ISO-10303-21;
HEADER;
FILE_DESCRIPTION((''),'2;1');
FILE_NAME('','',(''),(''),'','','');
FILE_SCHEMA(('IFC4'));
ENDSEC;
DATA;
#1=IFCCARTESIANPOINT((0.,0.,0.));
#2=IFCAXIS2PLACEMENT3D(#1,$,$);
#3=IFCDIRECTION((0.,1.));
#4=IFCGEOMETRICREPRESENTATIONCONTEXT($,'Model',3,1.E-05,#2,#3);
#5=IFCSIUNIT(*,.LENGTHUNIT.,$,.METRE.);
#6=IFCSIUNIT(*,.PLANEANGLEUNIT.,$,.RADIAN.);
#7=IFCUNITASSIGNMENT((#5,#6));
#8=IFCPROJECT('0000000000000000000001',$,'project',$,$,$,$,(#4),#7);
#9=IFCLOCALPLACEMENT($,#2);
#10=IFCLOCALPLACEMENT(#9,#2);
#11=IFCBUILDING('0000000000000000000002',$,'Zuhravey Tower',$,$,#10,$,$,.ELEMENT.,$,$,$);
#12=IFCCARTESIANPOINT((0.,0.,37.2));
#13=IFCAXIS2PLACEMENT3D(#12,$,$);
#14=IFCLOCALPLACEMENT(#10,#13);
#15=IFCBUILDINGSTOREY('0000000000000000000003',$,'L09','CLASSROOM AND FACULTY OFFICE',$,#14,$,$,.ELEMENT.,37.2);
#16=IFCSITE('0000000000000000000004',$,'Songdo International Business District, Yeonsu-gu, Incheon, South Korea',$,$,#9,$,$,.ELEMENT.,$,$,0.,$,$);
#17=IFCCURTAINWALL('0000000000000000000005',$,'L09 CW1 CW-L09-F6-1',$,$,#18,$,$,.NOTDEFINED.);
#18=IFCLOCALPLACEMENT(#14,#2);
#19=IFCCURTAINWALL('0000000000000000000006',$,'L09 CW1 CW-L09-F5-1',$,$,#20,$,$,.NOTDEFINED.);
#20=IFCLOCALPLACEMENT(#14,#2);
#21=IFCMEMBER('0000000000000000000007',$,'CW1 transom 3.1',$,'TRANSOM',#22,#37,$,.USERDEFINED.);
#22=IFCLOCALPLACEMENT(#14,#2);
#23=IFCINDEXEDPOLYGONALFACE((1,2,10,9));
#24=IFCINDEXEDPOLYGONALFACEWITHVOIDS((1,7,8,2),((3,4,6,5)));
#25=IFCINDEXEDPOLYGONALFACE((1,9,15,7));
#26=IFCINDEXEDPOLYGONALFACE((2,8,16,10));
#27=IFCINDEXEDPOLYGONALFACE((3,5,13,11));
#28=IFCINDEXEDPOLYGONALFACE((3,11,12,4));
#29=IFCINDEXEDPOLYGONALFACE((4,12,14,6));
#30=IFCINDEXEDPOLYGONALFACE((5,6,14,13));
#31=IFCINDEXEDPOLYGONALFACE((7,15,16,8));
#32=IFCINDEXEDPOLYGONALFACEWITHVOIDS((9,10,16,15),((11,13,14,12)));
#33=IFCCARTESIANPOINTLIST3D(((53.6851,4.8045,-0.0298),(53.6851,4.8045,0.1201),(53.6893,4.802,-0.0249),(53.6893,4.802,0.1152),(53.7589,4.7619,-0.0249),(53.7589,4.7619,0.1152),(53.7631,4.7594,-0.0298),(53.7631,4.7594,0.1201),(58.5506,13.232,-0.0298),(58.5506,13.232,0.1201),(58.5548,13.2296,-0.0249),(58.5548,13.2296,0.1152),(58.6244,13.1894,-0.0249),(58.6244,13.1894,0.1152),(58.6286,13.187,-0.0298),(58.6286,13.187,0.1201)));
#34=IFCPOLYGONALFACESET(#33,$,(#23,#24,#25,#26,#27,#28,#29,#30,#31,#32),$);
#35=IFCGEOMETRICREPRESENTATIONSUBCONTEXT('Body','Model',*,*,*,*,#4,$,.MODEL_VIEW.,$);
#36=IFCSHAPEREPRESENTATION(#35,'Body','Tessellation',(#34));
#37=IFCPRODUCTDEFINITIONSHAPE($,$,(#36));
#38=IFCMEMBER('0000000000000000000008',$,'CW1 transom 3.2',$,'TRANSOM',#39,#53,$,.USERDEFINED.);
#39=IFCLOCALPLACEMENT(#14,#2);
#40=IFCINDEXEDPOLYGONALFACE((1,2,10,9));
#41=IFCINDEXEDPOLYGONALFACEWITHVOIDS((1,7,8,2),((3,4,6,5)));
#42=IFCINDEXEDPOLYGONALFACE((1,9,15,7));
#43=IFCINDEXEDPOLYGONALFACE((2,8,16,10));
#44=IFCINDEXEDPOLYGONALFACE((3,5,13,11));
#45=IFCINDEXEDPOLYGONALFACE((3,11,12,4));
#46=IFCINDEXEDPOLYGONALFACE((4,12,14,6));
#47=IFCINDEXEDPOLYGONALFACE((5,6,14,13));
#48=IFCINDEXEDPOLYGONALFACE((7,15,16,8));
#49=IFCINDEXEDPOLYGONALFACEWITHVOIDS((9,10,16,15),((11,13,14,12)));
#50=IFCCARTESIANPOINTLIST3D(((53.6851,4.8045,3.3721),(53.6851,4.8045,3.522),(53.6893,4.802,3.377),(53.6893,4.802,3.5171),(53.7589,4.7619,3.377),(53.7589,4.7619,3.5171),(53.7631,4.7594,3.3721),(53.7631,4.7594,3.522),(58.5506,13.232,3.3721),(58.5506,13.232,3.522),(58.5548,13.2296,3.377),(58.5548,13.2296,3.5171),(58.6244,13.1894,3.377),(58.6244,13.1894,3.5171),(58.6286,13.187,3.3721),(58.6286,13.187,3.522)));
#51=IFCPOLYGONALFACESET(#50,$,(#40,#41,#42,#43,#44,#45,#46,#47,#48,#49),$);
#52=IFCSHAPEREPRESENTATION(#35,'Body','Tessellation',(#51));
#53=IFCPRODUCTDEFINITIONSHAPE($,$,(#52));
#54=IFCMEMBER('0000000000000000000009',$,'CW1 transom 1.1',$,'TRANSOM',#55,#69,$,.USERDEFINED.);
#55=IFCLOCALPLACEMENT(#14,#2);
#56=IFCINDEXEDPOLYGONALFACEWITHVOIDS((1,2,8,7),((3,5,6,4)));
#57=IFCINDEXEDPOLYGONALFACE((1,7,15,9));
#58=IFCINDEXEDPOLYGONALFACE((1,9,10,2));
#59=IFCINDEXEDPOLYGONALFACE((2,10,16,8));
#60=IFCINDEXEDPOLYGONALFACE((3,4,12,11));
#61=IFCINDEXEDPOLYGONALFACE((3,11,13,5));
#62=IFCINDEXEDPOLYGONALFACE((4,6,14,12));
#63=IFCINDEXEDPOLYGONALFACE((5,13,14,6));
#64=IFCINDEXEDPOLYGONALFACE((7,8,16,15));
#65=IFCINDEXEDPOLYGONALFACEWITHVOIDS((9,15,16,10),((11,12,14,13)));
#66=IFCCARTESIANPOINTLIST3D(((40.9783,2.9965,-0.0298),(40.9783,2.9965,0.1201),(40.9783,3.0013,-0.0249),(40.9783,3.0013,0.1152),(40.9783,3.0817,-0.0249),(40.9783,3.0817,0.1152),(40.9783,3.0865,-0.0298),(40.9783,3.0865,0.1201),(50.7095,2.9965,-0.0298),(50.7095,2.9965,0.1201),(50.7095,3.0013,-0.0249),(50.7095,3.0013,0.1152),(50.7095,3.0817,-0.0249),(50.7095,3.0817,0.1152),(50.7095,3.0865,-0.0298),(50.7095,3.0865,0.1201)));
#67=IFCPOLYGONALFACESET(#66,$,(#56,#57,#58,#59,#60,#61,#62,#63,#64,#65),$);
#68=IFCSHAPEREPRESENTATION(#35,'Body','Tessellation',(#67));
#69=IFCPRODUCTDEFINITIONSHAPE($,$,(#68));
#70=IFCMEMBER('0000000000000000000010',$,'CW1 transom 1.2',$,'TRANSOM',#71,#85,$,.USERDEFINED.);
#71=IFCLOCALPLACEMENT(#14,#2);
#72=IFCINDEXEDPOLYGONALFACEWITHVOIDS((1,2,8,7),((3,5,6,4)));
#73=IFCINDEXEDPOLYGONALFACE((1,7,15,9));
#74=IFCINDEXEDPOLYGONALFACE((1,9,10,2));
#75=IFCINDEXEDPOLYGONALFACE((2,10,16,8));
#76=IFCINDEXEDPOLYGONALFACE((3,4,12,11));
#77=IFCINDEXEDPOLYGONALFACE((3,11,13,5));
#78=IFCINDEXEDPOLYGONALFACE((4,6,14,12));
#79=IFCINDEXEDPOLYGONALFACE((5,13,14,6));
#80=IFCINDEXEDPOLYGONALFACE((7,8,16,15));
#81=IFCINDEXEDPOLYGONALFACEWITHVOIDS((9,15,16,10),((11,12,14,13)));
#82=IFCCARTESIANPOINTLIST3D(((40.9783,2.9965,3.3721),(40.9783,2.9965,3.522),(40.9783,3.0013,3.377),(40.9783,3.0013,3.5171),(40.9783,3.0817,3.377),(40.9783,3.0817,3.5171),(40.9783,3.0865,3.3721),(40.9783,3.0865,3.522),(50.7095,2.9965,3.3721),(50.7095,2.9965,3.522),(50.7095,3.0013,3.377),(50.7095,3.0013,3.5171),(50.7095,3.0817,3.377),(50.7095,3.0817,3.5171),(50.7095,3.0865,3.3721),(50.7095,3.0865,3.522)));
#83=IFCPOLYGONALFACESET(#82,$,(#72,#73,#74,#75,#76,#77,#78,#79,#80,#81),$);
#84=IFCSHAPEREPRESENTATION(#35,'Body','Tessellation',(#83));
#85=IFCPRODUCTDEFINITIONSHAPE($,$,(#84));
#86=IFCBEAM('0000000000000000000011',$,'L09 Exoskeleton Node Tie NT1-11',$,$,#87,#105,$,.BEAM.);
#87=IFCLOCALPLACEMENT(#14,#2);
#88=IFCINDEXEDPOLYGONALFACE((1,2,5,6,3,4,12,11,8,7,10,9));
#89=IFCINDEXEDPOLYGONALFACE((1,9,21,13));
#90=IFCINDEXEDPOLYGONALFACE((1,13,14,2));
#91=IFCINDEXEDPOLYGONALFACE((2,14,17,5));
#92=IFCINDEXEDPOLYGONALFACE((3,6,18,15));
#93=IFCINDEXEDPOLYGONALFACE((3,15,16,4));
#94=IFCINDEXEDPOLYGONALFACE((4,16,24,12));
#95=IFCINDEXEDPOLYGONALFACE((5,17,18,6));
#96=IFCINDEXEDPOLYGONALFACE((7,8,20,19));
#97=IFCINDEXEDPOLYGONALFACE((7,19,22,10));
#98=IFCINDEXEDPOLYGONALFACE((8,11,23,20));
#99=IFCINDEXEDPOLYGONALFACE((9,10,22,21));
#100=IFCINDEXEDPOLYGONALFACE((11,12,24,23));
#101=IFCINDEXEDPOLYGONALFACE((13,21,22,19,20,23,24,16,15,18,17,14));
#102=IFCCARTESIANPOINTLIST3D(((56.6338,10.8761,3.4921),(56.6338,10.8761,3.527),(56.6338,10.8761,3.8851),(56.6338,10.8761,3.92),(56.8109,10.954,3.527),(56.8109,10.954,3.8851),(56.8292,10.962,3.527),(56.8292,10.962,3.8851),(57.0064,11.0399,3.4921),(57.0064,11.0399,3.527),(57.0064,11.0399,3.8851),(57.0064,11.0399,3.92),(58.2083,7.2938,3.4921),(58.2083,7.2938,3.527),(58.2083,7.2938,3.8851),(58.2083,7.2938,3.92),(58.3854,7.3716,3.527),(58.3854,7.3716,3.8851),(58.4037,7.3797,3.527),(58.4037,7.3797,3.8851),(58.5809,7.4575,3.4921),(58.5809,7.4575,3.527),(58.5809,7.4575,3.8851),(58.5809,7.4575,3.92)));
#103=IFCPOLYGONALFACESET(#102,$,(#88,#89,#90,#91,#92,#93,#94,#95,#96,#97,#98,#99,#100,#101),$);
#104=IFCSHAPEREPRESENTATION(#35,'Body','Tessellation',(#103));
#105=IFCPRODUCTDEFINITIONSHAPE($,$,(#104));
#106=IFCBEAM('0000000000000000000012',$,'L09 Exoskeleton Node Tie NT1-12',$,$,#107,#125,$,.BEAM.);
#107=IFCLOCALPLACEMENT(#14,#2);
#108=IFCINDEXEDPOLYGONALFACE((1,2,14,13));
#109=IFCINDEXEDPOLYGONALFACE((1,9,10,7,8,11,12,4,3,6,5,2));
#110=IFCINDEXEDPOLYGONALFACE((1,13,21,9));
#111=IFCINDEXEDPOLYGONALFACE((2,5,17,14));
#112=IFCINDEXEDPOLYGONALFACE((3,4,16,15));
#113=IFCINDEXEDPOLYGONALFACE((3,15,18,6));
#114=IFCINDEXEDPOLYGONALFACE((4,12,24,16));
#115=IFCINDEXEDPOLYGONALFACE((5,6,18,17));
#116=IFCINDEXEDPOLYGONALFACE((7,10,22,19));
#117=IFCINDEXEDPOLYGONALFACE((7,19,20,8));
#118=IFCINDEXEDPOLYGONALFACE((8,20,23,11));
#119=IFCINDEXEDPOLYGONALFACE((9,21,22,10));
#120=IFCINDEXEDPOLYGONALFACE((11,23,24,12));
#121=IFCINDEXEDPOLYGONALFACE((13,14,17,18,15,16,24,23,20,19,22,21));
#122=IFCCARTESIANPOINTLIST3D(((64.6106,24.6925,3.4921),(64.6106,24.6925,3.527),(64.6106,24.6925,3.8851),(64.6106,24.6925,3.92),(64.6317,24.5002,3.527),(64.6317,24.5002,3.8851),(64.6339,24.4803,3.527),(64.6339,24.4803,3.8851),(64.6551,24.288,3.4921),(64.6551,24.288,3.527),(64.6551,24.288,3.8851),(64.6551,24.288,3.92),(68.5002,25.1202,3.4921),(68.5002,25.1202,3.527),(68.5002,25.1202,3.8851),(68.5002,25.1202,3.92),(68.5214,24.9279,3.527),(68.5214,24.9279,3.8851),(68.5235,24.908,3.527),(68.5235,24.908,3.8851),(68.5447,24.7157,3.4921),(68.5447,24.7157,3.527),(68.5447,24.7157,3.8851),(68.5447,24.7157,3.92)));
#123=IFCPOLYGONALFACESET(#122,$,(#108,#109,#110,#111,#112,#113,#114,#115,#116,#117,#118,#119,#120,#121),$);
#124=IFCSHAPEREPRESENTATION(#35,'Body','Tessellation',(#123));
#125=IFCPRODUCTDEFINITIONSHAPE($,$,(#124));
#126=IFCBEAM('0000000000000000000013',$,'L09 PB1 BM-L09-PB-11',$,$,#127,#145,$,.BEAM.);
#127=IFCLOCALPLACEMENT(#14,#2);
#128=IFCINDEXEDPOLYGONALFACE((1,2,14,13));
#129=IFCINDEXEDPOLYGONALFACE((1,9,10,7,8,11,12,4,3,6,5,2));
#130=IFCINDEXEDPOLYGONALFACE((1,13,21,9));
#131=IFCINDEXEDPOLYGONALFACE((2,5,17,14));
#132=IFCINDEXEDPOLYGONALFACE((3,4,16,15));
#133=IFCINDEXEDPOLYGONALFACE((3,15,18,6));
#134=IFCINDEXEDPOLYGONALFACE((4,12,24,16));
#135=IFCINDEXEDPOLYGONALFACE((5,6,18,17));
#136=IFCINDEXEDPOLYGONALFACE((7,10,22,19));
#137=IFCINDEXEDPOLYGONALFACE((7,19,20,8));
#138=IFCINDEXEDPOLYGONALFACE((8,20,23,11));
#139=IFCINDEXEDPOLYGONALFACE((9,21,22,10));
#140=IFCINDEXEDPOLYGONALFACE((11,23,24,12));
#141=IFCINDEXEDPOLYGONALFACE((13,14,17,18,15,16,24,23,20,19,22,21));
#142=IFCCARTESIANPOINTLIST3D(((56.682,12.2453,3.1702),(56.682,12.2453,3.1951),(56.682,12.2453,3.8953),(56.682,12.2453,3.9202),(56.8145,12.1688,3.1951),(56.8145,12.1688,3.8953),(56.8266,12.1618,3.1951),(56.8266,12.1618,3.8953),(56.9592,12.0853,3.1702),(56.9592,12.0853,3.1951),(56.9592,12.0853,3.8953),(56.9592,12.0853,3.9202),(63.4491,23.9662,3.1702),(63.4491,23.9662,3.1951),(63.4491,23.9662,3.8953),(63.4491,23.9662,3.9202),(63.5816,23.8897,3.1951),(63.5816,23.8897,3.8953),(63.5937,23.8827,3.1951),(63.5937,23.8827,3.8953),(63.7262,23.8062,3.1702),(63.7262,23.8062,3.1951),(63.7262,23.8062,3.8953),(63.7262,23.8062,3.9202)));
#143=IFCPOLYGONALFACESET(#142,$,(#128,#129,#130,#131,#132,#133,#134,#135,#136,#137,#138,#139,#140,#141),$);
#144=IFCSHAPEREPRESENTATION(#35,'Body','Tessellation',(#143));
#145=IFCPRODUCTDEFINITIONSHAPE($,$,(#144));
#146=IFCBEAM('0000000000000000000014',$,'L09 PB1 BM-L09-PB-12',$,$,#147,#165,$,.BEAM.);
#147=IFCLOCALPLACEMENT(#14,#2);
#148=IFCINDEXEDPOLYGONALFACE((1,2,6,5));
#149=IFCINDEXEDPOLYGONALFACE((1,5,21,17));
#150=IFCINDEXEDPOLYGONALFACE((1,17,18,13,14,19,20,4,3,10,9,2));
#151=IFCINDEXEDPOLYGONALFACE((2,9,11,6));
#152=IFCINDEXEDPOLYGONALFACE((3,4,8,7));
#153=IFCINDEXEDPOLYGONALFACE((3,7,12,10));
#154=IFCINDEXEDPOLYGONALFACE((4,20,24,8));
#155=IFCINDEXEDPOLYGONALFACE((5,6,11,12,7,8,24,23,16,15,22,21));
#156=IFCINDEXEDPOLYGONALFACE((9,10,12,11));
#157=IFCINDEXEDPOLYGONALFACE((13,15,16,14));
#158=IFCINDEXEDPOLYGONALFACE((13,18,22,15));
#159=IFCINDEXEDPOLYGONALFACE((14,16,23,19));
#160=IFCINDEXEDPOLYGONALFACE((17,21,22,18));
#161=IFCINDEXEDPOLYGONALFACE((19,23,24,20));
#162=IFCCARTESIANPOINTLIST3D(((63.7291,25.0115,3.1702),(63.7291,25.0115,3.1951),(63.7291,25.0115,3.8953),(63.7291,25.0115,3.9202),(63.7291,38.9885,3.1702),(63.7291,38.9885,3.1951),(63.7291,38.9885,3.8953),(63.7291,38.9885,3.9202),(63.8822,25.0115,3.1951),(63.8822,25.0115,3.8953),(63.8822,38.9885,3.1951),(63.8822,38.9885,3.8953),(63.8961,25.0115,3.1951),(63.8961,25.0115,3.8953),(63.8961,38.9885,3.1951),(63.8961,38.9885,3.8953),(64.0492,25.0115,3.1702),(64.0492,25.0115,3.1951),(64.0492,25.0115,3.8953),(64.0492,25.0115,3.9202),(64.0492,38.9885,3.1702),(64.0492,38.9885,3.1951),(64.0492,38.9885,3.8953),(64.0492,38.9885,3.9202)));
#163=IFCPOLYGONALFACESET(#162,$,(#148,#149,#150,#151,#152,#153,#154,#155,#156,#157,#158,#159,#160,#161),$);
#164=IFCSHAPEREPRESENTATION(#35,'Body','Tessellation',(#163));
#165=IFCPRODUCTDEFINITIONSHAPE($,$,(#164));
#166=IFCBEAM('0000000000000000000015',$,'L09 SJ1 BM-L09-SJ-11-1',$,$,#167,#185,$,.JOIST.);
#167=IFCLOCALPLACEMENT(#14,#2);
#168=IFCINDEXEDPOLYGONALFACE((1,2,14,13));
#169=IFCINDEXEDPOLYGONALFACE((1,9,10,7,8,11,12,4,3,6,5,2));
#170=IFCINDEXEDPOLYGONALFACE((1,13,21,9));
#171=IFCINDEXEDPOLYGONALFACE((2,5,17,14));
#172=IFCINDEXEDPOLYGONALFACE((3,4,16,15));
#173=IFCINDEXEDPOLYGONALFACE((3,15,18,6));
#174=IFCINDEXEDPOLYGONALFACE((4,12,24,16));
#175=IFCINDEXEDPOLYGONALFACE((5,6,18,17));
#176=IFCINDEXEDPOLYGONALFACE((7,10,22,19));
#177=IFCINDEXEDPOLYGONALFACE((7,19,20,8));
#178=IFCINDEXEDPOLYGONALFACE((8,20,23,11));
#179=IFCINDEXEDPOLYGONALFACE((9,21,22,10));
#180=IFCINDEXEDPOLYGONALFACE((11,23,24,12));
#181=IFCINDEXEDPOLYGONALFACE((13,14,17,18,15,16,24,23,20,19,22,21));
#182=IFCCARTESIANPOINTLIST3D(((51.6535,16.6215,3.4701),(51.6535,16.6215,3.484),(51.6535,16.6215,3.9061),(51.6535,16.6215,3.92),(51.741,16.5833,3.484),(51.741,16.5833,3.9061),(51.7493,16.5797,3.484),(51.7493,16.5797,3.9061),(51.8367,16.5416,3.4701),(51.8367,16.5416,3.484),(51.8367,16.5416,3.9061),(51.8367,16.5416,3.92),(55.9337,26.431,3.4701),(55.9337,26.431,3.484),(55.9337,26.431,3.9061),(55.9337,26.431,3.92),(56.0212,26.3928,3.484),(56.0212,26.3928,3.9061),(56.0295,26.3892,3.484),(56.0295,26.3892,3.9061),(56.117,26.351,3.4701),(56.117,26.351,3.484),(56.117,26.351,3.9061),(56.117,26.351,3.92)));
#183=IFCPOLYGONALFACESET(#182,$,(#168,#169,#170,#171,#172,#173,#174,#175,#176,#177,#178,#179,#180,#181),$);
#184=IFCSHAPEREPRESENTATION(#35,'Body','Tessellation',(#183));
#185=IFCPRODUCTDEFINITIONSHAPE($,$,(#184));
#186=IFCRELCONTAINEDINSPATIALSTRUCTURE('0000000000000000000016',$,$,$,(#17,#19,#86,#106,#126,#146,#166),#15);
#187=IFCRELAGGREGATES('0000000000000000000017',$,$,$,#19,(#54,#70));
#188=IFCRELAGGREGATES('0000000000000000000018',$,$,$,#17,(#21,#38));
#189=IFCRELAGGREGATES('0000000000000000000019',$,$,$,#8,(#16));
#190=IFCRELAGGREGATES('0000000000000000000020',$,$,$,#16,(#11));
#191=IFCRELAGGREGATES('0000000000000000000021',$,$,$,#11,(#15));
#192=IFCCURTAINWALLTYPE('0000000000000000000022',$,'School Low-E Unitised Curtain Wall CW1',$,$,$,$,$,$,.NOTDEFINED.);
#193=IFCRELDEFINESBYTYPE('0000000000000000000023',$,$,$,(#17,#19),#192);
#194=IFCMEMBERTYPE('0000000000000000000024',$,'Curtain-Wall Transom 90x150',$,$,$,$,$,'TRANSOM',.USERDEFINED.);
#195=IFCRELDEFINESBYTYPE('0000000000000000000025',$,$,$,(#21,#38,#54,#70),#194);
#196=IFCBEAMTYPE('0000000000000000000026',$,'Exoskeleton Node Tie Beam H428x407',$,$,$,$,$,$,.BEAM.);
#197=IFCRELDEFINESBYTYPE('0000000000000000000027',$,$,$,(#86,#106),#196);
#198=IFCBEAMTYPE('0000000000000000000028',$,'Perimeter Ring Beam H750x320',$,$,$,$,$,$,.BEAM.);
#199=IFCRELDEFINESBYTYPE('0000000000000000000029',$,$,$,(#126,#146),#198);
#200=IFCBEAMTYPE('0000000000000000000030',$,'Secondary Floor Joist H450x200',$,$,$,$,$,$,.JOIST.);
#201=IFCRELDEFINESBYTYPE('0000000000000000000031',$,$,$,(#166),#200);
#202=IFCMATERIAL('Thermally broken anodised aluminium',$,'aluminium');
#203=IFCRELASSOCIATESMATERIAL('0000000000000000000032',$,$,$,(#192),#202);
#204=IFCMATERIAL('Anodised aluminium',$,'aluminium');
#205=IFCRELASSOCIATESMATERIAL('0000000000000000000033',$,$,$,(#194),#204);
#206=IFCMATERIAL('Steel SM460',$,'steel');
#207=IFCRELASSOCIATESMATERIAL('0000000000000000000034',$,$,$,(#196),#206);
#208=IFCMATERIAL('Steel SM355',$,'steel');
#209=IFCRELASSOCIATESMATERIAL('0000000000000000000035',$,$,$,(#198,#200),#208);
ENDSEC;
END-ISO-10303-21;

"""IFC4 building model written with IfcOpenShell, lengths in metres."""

from ifc_helpers import new_model, si_unit, direction, frame, origin, origin_2d, place, context, subcontext, project, spatial, hollow_rectangle, i_section, extrude, material, material_profile, profile_set, type_object, element, aggregate, save


model = new_model("IFC4")

# Units and contexts
model_context = context("Model", 3, precision=1e-05, world=origin(), true_north=direction((0.0, 1.0)))
body_context = subcontext(model_context, "Body", "Model", "MODEL_VIEW")
ifc_project = project(units=[si_unit("LENGTHUNIT", "METRE"), si_unit("PLANEANGLEUNIT", "RADIAN")], contexts=[model_context])

# Site, building, storey
site_placement = place(None, origin())
site = spatial("IfcSite", under=ifc_project, at=site_placement, Name="Songdo International Business District, Yeonsu-gu, Incheon, South Korea", CompositionType="ELEMENT", RefElevation=0.0)
building_placement = place(site_placement, origin())
building = spatial("IfcBuilding", under=site, at=building_placement, Name="Zuhravey Tower", CompositionType="ELEMENT")
storey_placement = place(building_placement, frame((0.0, 0.0, 37.2)))
storey = spatial("IfcBuildingStorey", under=building, at=storey_placement, Name="L09", Description="CLASSROOM AND FACULTY OFFICE", CompositionType="ELEMENT", Elevation=37.2)

# Curtain wall
ifc_material_1 = material(Name="Thermally broken anodised aluminium", Category="aluminium")
curtain_wall_type = type_object("IfcCurtainWallType", Name="School Low-E Unitised Curtain Wall CW1", PredefinedType="NOTDEFINED", material=ifc_material_1)
curtain_wall_1_placement = place(storey_placement, origin())
curtain_wall_1 = element("IfcCurtainWall", 1, at=curtain_wall_1_placement, inside=storey, type_object=curtain_wall_type, Name="L09 CW1 CW-L09-F6-1", PredefinedType="NOTDEFINED")
ifc_material_2 = material(Name="Anodised aluminium", Category="aluminium")

# Curtain wall
curtain_wall_2_placement = place(storey_placement, origin())
curtain_wall_2 = element("IfcCurtainWall", 2, at=curtain_wall_2_placement, inside=storey, type_object=curtain_wall_type, Name="L09 CW1 CW-L09-F5-1", PredefinedType="NOTDEFINED")

# Members
ifc_material_profile_1 = material_profile(ifc_material_2, hollow_rectangle(XDim=0.0901, YDim=0.1499, WallThickness=0.0049, at=origin_2d()), Name="ALU-RHS-90x150x5")
ifc_profile_set_1 = profile_set([ifc_material_profile_1], Name="Anodised aluminium")
member_type_1 = type_object("IfcMemberType", Name="Curtain-Wall Transom 90x150", ElementType="TRANSOM", PredefinedType="USERDEFINED", material=ifc_profile_set_1)
member_1_placement = place(storey_placement, frame((58.5896, 13.2095, 0.0452), z_axis=(-0.49999, -0.866031, 0.0), x_axis=(0.866031, -0.49999, 0.0)))
member_1 = element("IfcMember", 3, at=member_1_placement, type_object=member_type_1, Name="CW1 transom 3.1", ObjectType="TRANSOM", PredefinedType="USERDEFINED", context=body_context, shape_type="SweptSolid", body=[
    extrude(hollow_rectangle(XDim=0.0901, YDim=0.1499, WallThickness=0.0049, at=origin_2d()), origin(), (0.0, 0.0, 1.0), 9.7312),
])
member_2_placement = place(storey_placement, frame((58.5896, 13.2095, 3.447), z_axis=(-0.49999, -0.866031, 0.0), x_axis=(0.866031, -0.49999, 0.0)))
member_2 = element("IfcMember", 4, at=member_2_placement, type_object=member_type_1, Name="CW1 transom 3.2", ObjectType="TRANSOM", PredefinedType="USERDEFINED", context=body_context, shape_type="SweptSolid", body=[
    extrude(hollow_rectangle(XDim=0.0901, YDim=0.1499, WallThickness=0.0049, at=origin_2d()), origin(), (0.0, 0.0, 1.0), 9.7312),
])
member_3_placement = place(storey_placement, frame((50.7095, 3.0415, 0.0452), z_axis=(-1.0, 0.0, 0.0), x_axis=(0.0, -1.0, 0.0)))
member_3 = element("IfcMember", 5, at=member_3_placement, type_object=member_type_1, Name="CW1 transom 1.1", ObjectType="TRANSOM", PredefinedType="USERDEFINED", context=body_context, shape_type="SweptSolid", body=[
    extrude(hollow_rectangle(XDim=0.0901, YDim=0.1499, WallThickness=0.0049, at=origin_2d()), origin(), (0.0, 0.0, 1.0), 9.7312),
])
member_4_placement = place(storey_placement, frame((50.7095, 3.0415, 3.447), z_axis=(-1.0, 0.0, 0.0), x_axis=(0.0, -1.0, 0.0)))
member_4 = element("IfcMember", 6, at=member_4_placement, type_object=member_type_1, Name="CW1 transom 1.2", ObjectType="TRANSOM", PredefinedType="USERDEFINED", context=body_context, shape_type="SweptSolid", body=[
    extrude(hollow_rectangle(XDim=0.0901, YDim=0.1499, WallThickness=0.0049, at=origin_2d()), origin(), (0.0, 0.0, 1.0), 9.7312),
])
aggregate(curtain_wall_2, [member_3, member_4])

# Beams
ifc_material_3 = material(Name="Steel SM460", Category="steel")
ifc_material_profile_2 = material_profile(ifc_material_3, i_section(OverallWidth=0.407, OverallDepth=0.428, WebThickness=0.02, FlangeThickness=0.0349, at=origin_2d()), Name="H-428x407x20x35")
ifc_profile_set_2 = profile_set([ifc_material_profile_2], Name="Steel SM460")
beam_type_1 = type_object("IfcBeamType", Name="Exoskeleton Node Tie Beam H428x407", PredefinedType="BEAM", material=ifc_profile_set_2)
for number, where, z_axis, x_axis, name in (
    (7, (56.8201, 10.958, 3.7061), (0.402366, -0.915479, 0.0), (0.915479, 0.402366, 0.0), "L09 Exoskeleton Node Tie NT1-11"),
    (8, (64.6328, 24.4902, 3.7061), (0.994008, 0.109308, 0.0), (-0.109308, 0.994008, 0.0), "L09 Exoskeleton Node Tie NT1-12"),
):
    element("IfcBeam", number, at=place(storey_placement, frame(where, z_axis=z_axis, x_axis=x_axis)), inside=storey, type_object=beam_type_1, Name=name, PredefinedType="BEAM", context=body_context, shape_type="SweptSolid", body=[
        extrude(i_section(OverallWidth=0.407, OverallDepth=0.428, WebThickness=0.02, FlangeThickness=0.0349, at=origin_2d()), origin(), (0.0, 0.0, 1.0), 3.9131),
    ])
ifc_material_4 = material(Name="Steel SM355", Category="steel")
ifc_material_profile_3 = material_profile(ifc_material_4, i_section(OverallWidth=0.3201, OverallDepth=0.75, WebThickness=0.0139, FlangeThickness=0.0249, at=origin_2d()), Name="H-750x320x14x25")
ifc_profile_set_3 = profile_set([ifc_material_profile_3], Name="Steel SM355")
beam_type_2 = type_object("IfcBeamType", Name="Perimeter Ring Beam H750x320", PredefinedType="BEAM", material=ifc_profile_set_3)
beam_1_placement = place(storey_placement, frame((56.8206, 12.1653, 3.5452), z_axis=(0.5, 0.866025, 0.0), x_axis=(-0.866025, 0.5, 0.0)))
element("IfcBeam", 9, at=beam_1_placement, inside=storey, type_object=beam_type_2, Name="L09 PB1 BM-L09-PB-11", PredefinedType="BEAM", context=body_context, shape_type="SweptSolid", body=[
    extrude(i_section(OverallWidth=0.3201, OverallDepth=0.75, WebThickness=0.0139, FlangeThickness=0.0249, at=origin_2d()), origin(), (0.0, 0.0, 1.0), 13.5342),
])
beam_2_placement = place(storey_placement, frame((63.8892, 25.0115, 3.5452), z_axis=(0.0, 1.0, 0.0), x_axis=(-1.0, 0.0, 0.0)))
element("IfcBeam", 10, at=beam_2_placement, inside=storey, type_object=beam_type_2, Name="L09 PB1 BM-L09-PB-12", PredefinedType="BEAM", context=body_context, shape_type="SweptSolid", body=[
    extrude(i_section(OverallWidth=0.3201, OverallDepth=0.75, WebThickness=0.0139, FlangeThickness=0.0249, at=origin_2d()), origin(), (0.0, 0.0, 1.0), 13.9771),
])
ifc_material_profile_4 = material_profile(ifc_material_4, i_section(OverallWidth=0.2, OverallDepth=0.45, WebThickness=0.009, FlangeThickness=0.0139, at=origin_2d()), Name="H-450x200x9x14")
ifc_profile_set_4 = profile_set([ifc_material_profile_4], Name="Steel SM355")
beam_type_3 = type_object("IfcBeamType", Name="Secondary Floor Joist H450x200", PredefinedType="JOIST", material=ifc_profile_set_4)
beam_3_placement = place(storey_placement, frame((51.7451, 16.5815, 3.6951), z_axis=(0.399924, 0.916549, 0.0), x_axis=(-0.916549, 0.399924, 0.0)))
element("IfcBeam", 11, at=beam_3_placement, inside=storey, type_object=beam_type_3, Name="L09 SJ1 BM-L09-SJ-11-1", PredefinedType="JOIST", context=body_context, shape_type="SweptSolid", body=[
    extrude(i_section(OverallWidth=0.2, OverallDepth=0.45, WebThickness=0.009, FlangeThickness=0.0139, at=origin_2d()), origin(), (0.0, 0.0, 1.0), 10.7026),
])

aggregate(curtain_wall_1, [member_1, member_2])

save(model, "model.ifc")
